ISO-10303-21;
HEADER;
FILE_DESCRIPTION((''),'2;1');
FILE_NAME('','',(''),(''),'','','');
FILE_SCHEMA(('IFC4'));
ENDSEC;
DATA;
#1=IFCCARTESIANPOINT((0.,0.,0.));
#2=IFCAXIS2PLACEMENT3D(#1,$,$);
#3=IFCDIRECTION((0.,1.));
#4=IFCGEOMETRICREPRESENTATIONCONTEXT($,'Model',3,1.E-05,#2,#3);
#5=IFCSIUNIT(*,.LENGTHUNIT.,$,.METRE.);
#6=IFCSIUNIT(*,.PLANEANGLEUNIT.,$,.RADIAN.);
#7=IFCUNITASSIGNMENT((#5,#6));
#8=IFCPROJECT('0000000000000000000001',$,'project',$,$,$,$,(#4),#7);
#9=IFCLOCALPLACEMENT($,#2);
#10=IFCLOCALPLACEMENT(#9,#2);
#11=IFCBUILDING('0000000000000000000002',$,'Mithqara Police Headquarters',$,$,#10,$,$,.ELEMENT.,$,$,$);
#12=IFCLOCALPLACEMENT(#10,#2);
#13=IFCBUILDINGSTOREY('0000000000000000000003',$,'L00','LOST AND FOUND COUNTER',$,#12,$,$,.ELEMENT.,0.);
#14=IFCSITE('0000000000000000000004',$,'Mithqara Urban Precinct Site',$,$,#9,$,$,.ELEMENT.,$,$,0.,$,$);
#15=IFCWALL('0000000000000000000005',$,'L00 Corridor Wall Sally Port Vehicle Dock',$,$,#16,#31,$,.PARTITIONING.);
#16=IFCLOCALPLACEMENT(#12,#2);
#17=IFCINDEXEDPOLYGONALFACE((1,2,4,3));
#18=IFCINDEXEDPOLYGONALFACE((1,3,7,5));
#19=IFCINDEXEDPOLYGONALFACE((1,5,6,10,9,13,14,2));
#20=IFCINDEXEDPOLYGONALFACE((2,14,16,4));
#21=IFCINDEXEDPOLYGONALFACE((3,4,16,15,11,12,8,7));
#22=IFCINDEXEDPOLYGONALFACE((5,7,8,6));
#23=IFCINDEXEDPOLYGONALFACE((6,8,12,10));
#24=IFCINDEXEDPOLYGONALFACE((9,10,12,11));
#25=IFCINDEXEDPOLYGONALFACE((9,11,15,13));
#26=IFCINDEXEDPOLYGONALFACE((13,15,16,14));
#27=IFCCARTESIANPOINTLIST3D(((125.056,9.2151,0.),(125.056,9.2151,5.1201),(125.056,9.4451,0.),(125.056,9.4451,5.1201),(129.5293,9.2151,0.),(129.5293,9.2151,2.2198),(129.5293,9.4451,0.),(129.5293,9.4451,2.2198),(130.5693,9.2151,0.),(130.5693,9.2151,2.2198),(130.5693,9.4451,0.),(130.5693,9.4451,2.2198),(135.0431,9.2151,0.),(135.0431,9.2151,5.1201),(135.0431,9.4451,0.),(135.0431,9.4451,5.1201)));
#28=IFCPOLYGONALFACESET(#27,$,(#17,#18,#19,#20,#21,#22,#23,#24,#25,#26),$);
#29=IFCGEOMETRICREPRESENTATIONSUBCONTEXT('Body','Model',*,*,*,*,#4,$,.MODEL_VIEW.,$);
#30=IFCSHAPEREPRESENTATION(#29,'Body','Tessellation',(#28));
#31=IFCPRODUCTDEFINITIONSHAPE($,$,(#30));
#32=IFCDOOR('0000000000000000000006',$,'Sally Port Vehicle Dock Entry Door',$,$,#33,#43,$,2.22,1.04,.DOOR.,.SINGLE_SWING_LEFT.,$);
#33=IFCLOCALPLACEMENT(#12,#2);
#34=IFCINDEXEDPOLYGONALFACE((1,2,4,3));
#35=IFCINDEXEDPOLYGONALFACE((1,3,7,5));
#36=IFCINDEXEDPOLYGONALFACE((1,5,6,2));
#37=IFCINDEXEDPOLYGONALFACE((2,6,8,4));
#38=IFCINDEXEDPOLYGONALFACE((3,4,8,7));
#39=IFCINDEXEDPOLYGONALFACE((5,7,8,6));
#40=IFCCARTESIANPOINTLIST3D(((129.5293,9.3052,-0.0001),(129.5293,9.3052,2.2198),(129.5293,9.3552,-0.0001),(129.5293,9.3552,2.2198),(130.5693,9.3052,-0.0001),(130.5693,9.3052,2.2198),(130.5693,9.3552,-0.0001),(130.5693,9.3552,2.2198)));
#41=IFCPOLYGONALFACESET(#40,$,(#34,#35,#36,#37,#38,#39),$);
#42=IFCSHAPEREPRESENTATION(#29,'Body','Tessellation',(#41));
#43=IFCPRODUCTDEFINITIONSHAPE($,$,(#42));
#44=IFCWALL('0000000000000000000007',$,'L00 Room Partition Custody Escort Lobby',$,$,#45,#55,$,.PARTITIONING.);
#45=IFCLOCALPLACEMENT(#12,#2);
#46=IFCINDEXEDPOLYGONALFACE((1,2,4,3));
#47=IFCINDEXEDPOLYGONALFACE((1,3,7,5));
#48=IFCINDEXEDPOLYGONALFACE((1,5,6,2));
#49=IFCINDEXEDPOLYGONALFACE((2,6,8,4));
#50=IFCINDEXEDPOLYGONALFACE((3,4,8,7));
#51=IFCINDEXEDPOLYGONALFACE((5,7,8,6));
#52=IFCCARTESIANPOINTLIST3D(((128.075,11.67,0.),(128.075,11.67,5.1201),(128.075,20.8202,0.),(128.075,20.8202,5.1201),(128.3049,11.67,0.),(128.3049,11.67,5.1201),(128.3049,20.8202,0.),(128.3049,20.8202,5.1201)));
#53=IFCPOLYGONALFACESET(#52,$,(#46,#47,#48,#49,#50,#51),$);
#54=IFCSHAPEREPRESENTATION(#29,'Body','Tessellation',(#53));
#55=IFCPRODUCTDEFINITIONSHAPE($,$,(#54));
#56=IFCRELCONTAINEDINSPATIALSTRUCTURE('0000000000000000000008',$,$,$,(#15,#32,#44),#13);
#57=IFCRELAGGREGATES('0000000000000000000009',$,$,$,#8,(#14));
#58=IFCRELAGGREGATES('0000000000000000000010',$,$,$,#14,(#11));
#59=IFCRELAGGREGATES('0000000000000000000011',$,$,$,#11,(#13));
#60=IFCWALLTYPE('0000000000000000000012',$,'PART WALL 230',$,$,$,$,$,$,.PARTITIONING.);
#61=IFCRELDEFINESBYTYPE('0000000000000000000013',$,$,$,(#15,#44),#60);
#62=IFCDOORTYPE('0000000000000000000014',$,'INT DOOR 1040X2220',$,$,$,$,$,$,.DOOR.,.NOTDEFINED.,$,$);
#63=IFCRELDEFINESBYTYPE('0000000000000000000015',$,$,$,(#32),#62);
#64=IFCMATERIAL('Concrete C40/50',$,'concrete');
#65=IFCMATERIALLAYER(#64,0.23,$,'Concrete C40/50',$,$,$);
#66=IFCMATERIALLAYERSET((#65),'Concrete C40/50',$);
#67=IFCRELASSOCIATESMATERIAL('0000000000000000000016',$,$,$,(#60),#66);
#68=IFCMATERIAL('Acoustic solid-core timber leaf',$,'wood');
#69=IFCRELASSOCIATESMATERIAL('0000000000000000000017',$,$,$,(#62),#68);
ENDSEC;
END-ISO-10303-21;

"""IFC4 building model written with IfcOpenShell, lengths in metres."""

from ifc_helpers import new_model, si_unit, direction, frame, frame_2d, origin, place, context, subcontext, project, spatial, rectangle, extrude, material, layer, layer_set, type_object, element, fill, save


model = new_model("IFC4")

# Units and contexts
model_context = context("Model", 3, precision=1e-05, world=origin(), true_north=direction((0.0, 1.0)))
body_context = subcontext(model_context, "Body", "Model", "MODEL_VIEW")
ifc_project = project(units=[si_unit("LENGTHUNIT", "METRE"), si_unit("PLANEANGLEUNIT", "RADIAN")], contexts=[model_context])

# Site, building, storey
site_placement = place(None, origin())
site = spatial("IfcSite", under=ifc_project, at=site_placement, Name="Mithqara Urban Precinct Site", CompositionType="ELEMENT", RefElevation=0.0)
building_placement = place(site_placement, origin())
building = spatial("IfcBuilding", under=site, at=building_placement, Name="Mithqara Police Headquarters", CompositionType="ELEMENT")
storey_placement = place(building_placement, origin())
storey = spatial("IfcBuildingStorey", under=building, at=storey_placement, Name="L00", Description="LOST AND FOUND COUNTER", CompositionType="ELEMENT", Elevation=0.0)

# Shared definitions
ifc_material_1 = material(Name="Concrete C40/50", Category="concrete")

# Wall, opening, door
ifc_layer_1 = layer(ifc_material_1, 0.23, Name="Concrete C40/50")
ifc_layer_set_1 = layer_set([ifc_layer_1], Name="Concrete C40/50")
wall_type_1 = type_object("IfcWallType", Name="PART WALL 230", PredefinedType="PARTITIONING", material=ifc_layer_set_1)
wall_1_placement = place(storey_placement, frame((125.0559, 9.3301, 0.0), z_axis=(0.0, 0.0, 1.0), x_axis=(1.0, 0.0, 0.0)))
wall_1 = element("IfcWall", 1, at=wall_1_placement, inside=storey, type_object=wall_type_1, Name="L00 Corridor Wall Sally Port Vehicle Dock", PredefinedType="PARTITIONING", context=body_context, shape_type="SweptSolid", body=[
    extrude(rectangle(XDim=9.9871, YDim=0.23, at=frame_2d((4.9937, 0.0))), origin(), (0.0, 0.0, 1.0), 5.1201),
])
opening_1_placement = place(wall_1_placement, frame((4.4734, 0.0, 0.0)))
opening_1 = element("IfcOpeningElement", 2, at=opening_1_placement, cuts=wall_1, PredefinedType="OPENING", context=body_context, shape_type="SweptSolid", body=[
    extrude(rectangle(XDim=1.04, YDim=2.22, at=frame_2d((0.52, 1.1099))), frame((0.0, 0.125, 0.0), z_axis=(0.0, -1.0, 0.0), x_axis=(1.0, 0.0, 0.0)), (0.0, 0.0, 1.0), 0.25),
])
ifc_material_2 = material(Name="Acoustic solid-core timber leaf", Category="wood")
door_type_1 = type_object("IfcDoorType", Name="INT DOOR 1040X2220", OperationType="NOTDEFINED", PredefinedType="DOOR", material=ifc_material_2)
door_1_placement = place(opening_1_placement, frame((1.04, 0.0, 0.0), z_axis=(0.0, 0.0, 1.0), x_axis=(-1.0, 0.0, 0.0)))
door_1 = element("IfcDoor", 3, at=door_1_placement, inside=storey, type_object=door_type_1, Name="Sally Port Vehicle Dock Entry Door", OperationType="SINGLE_SWING_LEFT", OverallHeight=2.22, OverallWidth=1.04, PredefinedType="DOOR", context=body_context, shape_type="SweptSolid", body=[
    extrude(rectangle(XDim=1.04, YDim=2.22, at=frame_2d((0.52, 1.1099))), frame((0.0, 0.0249, 0.0), z_axis=(0.0, -1.0, 0.0), x_axis=(1.0, 0.0, 0.0)), (0.0, 0.0, 1.0), 0.05),
])
fill(opening_1, door_1)

# Wall
wall_2_placement = place(storey_placement, frame((128.1899, 11.6699, 0.0), z_axis=(0.0, 0.0, 1.0), x_axis=(0.0, 1.0, 0.0)))
element("IfcWall", 4, at=wall_2_placement, inside=storey, type_object=wall_type_1, Name="L00 Room Partition Custody Escort Lobby", PredefinedType="PARTITIONING", context=body_context, shape_type="SweptSolid", body=[
    extrude(rectangle(XDim=9.1501, YDim=0.23, at=frame_2d((4.5752, 0.0))), origin(), (0.0, 0.0, 1.0), 5.1201),
])

save(model, "model.ifc")
